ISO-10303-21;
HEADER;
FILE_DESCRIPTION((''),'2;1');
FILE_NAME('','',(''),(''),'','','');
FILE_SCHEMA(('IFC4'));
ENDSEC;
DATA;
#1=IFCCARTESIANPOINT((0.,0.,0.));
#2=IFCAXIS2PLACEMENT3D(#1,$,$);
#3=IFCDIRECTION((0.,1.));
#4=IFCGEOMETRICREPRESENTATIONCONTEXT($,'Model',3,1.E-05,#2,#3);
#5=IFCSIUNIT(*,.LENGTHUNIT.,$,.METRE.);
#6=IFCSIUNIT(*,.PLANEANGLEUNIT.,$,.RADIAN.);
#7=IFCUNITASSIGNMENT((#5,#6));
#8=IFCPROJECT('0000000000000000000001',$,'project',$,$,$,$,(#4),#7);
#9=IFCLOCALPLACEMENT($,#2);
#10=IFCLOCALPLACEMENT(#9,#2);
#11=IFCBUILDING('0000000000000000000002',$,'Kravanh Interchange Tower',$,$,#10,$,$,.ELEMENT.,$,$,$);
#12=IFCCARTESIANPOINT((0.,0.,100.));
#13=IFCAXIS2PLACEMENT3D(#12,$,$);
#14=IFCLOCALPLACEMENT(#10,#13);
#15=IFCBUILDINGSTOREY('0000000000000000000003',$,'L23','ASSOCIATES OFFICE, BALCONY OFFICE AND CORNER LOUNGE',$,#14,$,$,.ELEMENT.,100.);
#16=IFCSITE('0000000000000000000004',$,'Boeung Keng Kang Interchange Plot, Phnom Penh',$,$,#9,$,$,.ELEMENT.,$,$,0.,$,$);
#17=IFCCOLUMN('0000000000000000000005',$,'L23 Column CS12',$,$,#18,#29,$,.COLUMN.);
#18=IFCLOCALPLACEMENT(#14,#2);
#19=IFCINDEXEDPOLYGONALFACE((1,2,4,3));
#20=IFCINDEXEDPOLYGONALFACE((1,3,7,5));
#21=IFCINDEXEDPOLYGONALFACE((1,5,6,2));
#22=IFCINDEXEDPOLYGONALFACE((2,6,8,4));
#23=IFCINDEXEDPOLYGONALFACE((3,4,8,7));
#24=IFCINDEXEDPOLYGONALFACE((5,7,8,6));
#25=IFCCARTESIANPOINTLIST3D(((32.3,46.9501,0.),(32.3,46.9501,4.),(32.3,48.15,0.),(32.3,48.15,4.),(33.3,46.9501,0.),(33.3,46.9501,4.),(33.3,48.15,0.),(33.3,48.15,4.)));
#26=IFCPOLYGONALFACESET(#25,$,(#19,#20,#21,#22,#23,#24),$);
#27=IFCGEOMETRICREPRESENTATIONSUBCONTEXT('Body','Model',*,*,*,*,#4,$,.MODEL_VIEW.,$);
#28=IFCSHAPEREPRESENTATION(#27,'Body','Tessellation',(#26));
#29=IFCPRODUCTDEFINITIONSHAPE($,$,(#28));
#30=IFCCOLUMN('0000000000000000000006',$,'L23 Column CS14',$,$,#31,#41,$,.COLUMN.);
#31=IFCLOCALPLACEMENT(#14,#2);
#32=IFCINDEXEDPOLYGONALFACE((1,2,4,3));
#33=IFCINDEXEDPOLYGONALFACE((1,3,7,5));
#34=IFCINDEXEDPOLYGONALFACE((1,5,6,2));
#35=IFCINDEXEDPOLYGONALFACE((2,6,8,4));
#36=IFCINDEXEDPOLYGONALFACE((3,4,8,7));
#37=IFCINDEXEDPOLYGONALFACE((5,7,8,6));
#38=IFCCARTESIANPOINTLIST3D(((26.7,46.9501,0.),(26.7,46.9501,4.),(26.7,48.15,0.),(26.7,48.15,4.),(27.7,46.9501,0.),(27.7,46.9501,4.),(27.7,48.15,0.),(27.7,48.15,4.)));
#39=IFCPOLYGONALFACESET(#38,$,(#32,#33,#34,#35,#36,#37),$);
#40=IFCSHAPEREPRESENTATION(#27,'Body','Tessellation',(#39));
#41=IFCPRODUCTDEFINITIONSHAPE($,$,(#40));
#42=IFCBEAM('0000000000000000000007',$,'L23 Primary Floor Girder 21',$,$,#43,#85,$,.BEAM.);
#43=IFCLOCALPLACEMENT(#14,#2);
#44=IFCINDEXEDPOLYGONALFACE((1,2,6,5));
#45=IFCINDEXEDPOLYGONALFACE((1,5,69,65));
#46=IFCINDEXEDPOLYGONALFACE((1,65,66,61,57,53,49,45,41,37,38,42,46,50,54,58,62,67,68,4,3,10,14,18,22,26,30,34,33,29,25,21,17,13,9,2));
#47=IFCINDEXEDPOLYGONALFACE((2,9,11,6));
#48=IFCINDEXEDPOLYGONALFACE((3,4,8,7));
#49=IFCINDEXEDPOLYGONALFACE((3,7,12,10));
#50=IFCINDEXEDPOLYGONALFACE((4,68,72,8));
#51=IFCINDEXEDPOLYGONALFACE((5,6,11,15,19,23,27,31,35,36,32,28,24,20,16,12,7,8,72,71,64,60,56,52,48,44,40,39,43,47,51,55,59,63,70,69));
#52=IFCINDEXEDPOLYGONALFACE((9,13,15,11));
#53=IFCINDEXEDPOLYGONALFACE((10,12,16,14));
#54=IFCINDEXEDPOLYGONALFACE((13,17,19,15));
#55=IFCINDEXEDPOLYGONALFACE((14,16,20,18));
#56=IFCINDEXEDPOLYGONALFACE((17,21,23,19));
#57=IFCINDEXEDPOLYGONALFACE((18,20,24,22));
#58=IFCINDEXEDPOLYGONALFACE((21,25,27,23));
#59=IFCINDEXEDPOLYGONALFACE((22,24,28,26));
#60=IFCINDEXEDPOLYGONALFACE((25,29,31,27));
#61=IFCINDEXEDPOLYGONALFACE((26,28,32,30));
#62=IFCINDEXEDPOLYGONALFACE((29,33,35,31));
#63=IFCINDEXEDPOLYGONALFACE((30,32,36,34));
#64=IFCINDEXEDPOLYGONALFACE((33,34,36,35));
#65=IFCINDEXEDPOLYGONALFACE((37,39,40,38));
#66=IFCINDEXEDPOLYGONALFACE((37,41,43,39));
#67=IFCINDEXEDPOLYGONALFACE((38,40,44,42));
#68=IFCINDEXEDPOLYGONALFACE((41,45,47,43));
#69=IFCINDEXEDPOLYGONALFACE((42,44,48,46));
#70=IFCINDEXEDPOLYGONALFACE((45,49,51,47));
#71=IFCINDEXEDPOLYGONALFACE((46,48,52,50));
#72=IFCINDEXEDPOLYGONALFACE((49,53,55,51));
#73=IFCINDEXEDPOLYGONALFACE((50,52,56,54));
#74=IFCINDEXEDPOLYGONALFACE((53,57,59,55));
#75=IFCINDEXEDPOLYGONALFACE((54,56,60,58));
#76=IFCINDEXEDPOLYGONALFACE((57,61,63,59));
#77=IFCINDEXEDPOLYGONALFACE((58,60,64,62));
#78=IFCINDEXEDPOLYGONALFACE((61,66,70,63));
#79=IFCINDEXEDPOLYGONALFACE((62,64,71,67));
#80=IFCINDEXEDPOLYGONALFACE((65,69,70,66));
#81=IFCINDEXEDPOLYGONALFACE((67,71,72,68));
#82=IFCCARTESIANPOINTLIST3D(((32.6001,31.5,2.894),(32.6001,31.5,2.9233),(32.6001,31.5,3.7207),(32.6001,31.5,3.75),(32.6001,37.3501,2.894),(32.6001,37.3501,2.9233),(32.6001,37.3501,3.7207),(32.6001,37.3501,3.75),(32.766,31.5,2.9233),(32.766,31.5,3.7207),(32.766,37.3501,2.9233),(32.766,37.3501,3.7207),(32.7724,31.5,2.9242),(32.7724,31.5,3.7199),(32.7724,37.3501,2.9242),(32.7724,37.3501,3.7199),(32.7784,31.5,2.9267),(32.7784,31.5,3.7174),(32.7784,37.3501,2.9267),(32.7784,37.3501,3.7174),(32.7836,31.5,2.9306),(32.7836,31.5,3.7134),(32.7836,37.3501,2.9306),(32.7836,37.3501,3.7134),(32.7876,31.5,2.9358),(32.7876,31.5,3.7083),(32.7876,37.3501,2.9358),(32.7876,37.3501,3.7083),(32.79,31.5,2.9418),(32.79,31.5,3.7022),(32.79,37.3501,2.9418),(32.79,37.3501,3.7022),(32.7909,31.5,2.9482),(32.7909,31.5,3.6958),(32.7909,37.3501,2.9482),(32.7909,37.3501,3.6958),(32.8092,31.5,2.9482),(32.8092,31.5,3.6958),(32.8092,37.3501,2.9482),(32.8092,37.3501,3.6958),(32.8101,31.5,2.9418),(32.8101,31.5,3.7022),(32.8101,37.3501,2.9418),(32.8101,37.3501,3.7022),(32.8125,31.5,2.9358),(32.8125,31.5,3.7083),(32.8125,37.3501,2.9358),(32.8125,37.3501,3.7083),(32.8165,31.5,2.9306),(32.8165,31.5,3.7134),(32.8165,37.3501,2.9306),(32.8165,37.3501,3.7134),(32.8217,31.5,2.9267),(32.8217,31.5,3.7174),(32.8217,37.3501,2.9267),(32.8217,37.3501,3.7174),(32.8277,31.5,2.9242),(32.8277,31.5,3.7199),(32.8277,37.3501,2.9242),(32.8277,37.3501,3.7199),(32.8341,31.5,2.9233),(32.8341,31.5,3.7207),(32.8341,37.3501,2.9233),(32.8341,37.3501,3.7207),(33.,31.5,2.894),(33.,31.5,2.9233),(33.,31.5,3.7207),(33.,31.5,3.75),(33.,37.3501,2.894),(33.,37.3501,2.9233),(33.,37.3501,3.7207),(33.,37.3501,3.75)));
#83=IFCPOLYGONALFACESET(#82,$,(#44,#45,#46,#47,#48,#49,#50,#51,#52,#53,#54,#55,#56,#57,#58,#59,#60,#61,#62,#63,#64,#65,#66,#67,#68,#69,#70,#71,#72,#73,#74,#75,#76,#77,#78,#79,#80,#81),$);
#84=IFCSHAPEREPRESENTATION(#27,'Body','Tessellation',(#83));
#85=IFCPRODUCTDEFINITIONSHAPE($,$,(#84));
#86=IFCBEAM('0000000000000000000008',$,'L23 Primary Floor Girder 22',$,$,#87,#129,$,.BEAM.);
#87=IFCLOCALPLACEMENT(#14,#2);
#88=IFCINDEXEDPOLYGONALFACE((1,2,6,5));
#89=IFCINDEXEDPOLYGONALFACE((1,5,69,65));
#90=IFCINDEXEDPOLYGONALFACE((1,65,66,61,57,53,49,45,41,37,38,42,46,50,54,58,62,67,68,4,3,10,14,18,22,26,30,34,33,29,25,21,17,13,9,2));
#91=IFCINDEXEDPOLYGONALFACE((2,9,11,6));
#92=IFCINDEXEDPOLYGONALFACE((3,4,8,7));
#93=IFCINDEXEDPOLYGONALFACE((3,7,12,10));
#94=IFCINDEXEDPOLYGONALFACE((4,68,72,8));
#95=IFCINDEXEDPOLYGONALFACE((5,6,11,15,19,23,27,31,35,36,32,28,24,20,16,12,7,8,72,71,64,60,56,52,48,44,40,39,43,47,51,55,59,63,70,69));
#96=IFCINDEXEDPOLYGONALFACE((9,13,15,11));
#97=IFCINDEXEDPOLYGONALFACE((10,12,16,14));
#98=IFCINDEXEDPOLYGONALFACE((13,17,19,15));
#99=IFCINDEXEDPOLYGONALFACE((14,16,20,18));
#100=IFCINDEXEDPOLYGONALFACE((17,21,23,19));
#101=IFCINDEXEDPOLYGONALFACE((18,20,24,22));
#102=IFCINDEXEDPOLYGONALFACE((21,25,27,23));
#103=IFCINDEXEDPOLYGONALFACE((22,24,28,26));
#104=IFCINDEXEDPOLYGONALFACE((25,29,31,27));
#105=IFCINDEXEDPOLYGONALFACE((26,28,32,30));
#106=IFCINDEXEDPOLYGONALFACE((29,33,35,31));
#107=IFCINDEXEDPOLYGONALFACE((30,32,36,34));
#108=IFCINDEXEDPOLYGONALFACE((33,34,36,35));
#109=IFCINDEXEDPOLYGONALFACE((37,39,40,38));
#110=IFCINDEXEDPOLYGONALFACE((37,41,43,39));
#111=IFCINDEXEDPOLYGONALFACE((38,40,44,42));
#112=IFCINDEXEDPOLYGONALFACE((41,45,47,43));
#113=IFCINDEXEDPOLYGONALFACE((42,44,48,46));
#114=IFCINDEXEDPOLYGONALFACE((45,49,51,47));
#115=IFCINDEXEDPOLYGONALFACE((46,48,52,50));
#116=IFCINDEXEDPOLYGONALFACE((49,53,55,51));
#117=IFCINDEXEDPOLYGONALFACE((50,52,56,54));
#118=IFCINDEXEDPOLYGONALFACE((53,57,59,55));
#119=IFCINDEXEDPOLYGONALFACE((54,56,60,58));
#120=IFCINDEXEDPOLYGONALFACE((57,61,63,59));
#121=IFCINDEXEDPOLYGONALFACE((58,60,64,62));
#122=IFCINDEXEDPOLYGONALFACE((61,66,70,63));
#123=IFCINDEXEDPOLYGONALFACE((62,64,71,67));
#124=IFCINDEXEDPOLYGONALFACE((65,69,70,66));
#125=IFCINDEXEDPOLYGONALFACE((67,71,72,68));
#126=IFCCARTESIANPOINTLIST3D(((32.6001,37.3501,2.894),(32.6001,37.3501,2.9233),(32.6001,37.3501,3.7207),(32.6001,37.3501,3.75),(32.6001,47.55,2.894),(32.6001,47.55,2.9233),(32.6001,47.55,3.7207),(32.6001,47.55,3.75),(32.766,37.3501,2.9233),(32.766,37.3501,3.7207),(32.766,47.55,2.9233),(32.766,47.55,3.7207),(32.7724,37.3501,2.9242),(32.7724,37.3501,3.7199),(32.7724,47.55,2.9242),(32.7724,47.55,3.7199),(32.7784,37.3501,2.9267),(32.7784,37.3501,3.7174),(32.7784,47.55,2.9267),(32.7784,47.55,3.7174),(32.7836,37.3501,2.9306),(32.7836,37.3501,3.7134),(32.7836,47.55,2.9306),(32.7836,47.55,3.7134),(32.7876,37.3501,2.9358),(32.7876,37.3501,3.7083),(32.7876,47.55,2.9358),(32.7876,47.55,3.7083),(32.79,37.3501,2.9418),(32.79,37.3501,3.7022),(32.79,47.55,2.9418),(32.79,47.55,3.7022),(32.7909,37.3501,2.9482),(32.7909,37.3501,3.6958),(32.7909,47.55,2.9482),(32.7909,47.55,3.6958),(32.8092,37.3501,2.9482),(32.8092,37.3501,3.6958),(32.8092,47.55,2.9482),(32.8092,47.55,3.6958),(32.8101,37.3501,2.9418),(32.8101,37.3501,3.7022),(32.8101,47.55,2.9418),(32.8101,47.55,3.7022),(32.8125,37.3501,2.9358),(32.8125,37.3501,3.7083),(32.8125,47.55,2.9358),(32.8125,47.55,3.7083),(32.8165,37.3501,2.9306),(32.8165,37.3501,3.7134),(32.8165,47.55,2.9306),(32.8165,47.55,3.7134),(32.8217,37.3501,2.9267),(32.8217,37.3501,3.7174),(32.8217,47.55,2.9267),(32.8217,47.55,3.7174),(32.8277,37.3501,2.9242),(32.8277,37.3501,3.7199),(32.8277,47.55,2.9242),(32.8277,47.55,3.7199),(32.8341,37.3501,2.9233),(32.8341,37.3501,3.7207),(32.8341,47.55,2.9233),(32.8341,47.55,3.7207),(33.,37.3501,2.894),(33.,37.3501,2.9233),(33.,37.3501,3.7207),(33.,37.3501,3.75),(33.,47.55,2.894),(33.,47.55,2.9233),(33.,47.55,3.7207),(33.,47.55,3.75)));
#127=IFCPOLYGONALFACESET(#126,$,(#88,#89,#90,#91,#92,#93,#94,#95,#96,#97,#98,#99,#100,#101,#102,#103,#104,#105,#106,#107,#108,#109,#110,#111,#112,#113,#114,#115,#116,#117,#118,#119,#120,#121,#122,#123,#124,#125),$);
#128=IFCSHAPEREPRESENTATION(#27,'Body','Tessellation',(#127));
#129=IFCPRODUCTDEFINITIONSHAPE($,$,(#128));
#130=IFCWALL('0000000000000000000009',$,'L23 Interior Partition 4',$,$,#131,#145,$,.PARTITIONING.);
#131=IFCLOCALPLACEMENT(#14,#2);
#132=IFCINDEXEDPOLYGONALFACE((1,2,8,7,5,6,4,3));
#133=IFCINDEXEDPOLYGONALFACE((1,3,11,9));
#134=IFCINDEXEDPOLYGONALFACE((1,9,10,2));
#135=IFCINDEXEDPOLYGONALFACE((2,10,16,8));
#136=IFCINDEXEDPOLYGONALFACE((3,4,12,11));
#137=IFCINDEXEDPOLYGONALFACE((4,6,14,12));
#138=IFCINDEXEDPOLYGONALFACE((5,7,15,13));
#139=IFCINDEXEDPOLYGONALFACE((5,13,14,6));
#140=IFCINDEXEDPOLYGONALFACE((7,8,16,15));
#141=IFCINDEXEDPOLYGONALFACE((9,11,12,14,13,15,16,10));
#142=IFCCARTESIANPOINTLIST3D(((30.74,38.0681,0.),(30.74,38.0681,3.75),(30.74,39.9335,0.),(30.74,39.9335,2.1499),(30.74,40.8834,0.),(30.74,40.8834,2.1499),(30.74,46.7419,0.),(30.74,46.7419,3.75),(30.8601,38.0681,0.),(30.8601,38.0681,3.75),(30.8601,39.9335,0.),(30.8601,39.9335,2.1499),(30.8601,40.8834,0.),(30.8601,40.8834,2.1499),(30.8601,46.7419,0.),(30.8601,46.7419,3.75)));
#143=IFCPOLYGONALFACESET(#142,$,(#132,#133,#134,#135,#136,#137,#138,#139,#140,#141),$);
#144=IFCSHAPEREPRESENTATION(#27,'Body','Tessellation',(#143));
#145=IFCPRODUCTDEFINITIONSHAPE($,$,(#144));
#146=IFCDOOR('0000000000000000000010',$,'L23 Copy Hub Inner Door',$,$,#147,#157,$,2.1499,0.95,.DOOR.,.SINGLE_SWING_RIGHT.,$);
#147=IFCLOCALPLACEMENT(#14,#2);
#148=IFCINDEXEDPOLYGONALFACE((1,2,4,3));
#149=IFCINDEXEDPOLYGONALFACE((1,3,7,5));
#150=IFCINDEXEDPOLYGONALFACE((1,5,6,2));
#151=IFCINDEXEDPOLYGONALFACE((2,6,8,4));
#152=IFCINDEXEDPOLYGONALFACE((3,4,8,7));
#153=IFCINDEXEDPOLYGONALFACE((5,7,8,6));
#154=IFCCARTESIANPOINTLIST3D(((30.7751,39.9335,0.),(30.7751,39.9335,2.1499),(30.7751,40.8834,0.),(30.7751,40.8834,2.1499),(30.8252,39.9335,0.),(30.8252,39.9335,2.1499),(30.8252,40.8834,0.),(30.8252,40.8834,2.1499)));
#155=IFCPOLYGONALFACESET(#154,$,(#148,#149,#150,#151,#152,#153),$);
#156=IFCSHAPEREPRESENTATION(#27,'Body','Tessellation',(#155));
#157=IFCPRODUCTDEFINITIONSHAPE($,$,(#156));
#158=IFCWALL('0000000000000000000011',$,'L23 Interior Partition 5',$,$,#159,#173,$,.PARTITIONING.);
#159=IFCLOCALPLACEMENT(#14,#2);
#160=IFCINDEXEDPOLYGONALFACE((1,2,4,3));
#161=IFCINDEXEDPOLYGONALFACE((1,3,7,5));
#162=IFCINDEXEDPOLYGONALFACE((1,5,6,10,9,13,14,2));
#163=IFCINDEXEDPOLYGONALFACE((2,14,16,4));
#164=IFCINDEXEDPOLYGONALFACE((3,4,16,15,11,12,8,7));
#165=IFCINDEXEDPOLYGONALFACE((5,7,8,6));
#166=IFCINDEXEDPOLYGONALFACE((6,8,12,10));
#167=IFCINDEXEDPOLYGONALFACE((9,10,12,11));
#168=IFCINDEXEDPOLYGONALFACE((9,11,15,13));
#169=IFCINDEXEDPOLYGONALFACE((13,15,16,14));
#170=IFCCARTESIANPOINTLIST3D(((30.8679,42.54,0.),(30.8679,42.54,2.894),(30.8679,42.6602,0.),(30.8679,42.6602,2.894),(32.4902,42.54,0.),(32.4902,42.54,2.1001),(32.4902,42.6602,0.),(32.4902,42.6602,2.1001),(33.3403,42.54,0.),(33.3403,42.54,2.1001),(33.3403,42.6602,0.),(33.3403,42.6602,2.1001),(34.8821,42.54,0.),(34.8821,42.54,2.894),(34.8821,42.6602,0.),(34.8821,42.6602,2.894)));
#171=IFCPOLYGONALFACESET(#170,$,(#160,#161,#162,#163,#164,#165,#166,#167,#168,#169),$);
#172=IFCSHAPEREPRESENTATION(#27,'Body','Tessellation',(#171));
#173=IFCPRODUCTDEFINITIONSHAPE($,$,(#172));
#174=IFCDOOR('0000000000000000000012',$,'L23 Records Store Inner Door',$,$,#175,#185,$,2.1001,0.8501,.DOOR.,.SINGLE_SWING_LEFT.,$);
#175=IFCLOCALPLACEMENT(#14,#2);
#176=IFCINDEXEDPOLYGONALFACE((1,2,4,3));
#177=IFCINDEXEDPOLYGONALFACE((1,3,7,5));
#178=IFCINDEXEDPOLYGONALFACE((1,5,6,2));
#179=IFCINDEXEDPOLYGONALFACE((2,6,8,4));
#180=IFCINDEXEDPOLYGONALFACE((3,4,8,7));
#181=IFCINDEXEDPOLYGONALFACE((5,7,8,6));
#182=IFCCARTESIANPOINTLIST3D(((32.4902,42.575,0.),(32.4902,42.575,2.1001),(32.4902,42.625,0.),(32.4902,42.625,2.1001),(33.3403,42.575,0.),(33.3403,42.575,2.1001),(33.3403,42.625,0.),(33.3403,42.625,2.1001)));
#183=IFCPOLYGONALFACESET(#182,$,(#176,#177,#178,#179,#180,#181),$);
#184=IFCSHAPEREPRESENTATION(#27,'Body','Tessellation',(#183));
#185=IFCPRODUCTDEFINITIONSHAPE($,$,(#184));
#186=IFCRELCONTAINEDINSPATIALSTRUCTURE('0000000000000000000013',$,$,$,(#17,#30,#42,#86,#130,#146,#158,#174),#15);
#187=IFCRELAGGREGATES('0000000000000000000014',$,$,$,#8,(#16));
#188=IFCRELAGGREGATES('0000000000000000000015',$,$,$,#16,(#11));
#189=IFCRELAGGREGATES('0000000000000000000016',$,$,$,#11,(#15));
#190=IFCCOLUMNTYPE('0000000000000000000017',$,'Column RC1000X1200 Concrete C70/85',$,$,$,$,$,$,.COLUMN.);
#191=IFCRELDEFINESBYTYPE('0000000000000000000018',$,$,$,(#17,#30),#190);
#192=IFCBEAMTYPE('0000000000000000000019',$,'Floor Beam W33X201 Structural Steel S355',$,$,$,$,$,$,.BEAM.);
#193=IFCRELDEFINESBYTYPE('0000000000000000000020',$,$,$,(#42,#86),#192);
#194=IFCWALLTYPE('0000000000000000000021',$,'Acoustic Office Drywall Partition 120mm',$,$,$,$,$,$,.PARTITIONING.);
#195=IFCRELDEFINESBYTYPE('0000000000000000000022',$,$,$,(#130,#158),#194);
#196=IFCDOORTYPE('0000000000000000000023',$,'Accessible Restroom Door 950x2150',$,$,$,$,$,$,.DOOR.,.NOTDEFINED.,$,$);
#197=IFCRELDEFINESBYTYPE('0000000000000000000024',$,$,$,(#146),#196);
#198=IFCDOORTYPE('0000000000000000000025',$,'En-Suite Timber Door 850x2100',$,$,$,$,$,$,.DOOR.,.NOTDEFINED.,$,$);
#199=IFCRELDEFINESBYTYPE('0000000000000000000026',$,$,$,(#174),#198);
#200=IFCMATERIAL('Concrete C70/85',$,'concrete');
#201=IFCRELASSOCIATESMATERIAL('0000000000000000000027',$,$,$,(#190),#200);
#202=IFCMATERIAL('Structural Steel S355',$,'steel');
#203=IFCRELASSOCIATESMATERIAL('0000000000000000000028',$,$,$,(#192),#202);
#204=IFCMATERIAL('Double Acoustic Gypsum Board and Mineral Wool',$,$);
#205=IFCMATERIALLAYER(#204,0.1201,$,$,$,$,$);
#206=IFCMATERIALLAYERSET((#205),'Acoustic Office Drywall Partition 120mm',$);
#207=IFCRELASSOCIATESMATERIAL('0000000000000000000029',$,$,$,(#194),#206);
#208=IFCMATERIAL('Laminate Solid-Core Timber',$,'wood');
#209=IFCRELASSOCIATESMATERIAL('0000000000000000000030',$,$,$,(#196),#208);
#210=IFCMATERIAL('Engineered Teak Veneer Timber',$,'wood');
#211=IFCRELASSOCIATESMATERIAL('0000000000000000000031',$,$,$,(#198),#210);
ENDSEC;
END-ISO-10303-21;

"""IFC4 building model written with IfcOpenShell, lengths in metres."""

from ifc_helpers import new_model, si_unit, direction, frame, frame_2d, origin, origin_2d, place, context, subcontext, project, spatial, rectangle, i_section, extrude, material, layer, layer_set, material_profile, profile_set, type_object, element, fill, save


model = new_model("IFC4")

# Units and contexts
model_context = context("Model", 3, precision=1e-05, world=origin(), true_north=direction((0.0, 1.0)))
body_context = subcontext(model_context, "Body", "Model", "MODEL_VIEW")
ifc_project = project(units=[si_unit("LENGTHUNIT", "METRE"), si_unit("PLANEANGLEUNIT", "RADIAN")], contexts=[model_context])

# Site, building, storey
site_placement = place(None, origin())
site = spatial("IfcSite", under=ifc_project, at=site_placement, Name="Boeung Keng Kang Interchange Plot, Phnom Penh", CompositionType="ELEMENT", RefElevation=0.0)
building_placement = place(site_placement, origin())
building = spatial("IfcBuilding", under=site, at=building_placement, Name="Kravanh Interchange Tower", CompositionType="ELEMENT")
storey_placement = place(building_placement, frame((0.0, 0.0, 100.0)))
storey = spatial("IfcBuildingStorey", under=building, at=storey_placement, Name="L23", Description="ASSOCIATES OFFICE, BALCONY OFFICE AND CORNER LOUNGE", CompositionType="ELEMENT", Elevation=100.0)

# Columns
ifc_material_1 = material(Name="Concrete C70/85", Category="concrete")
ifc_material_profile_1 = material_profile(ifc_material_1, rectangle(XDim=1.0, YDim=1.2, at=origin_2d()), Name="RC1000X1200")
ifc_profile_set_1 = profile_set([ifc_material_profile_1], Name="Concrete C70/85")
column_type = type_object("IfcColumnType", Name="Column RC1000X1200 Concrete C70/85", PredefinedType="COLUMN", material=ifc_profile_set_1)
for number, where, z_axis, x_axis, name in (
    (1, (32.8, 47.55, 0.0), (0.0, 0.0, 1.0), (1.0, 0.0, 0.0), "L23 Column CS12"),
    (2, (27.2, 47.55, 0.0), (0.0, 0.0, 1.0), (1.0, 0.0, 0.0), "L23 Column CS14"),
):
    element("IfcColumn", number, at=place(storey_placement, frame(where, z_axis=z_axis, x_axis=x_axis)), inside=storey, type_object=column_type, Name=name, PredefinedType="COLUMN", context=body_context, shape_type="SweptSolid", body=[
        extrude(rectangle(XDim=1.0, YDim=1.2, at=origin_2d()), origin(), (0.0, 0.0, 1.0), 4.0),
    ])

# Beams
ifc_material_2 = material(Name="Structural Steel S355", Category="steel")
ifc_material_profile_2 = material_profile(ifc_material_2, i_section(OverallWidth=0.3999, OverallDepth=0.856, WebThickness=0.0183, FlangeThickness=0.0293, FilletRadius=0.0249, at=origin_2d()), Name="W33X201")
ifc_profile_set_2 = profile_set([ifc_material_profile_2], Name="Structural Steel S355")
beam_type = type_object("IfcBeamType", Name="Floor Beam W33X201 Structural Steel S355", PredefinedType="BEAM", material=ifc_profile_set_2)
beam_1_placement = place(storey_placement, frame((32.8, 37.3501, 3.322), z_axis=(0.0, -1.0, 0.0), x_axis=(1.0, 0.0, 0.0)))
element("IfcBeam", 3, at=beam_1_placement, inside=storey, type_object=beam_type, Name="L23 Primary Floor Girder 21", PredefinedType="BEAM", context=body_context, shape_type="SweptSolid", body=[
    extrude(i_section(OverallWidth=0.3999, OverallDepth=0.856, WebThickness=0.0183, FlangeThickness=0.0293, FilletRadius=0.0249, at=origin_2d()), origin(), (0.0, 0.0, 1.0), 5.8501),
])
beam_2_placement = place(storey_placement, frame((32.8, 37.3501, 3.322), z_axis=(0.0, 1.0, 0.0), x_axis=(-1.0, 0.0, 0.0)))
element("IfcBeam", 4, at=beam_2_placement, inside=storey, type_object=beam_type, Name="L23 Primary Floor Girder 22", PredefinedType="BEAM", context=body_context, shape_type="SweptSolid", body=[
    extrude(i_section(OverallWidth=0.3999, OverallDepth=0.856, WebThickness=0.0183, FlangeThickness=0.0293, FilletRadius=0.0249, at=origin_2d()), origin(), (0.0, 0.0, 1.0), 10.2),
])

# Walls, openings, doors
ifc_material_3 = material(Name="Double Acoustic Gypsum Board and Mineral Wool")
ifc_layer_1 = layer(ifc_material_3, 0.1201)
ifc_layer_set_1 = layer_set([ifc_layer_1], Name="Acoustic Office Drywall Partition 120mm")
wall_type_1 = type_object("IfcWallType", Name="Acoustic Office Drywall Partition 120mm", PredefinedType="PARTITIONING", material=ifc_layer_set_1)
wall_1_placement = place(storey_placement, frame((30.8, 38.0681, 0.0), z_axis=(0.0, 0.0, 1.0), x_axis=(0.0, 1.0, 0.0)))
wall_1 = element("IfcWall", 5, at=wall_1_placement, inside=storey, type_object=wall_type_1, Name="L23 Interior Partition 4", PredefinedType="PARTITIONING", context=body_context, shape_type="SweptSolid", body=[
    extrude(rectangle(XDim=8.6738, YDim=0.1201, at=frame_2d((4.3369, 0.0))), origin(), (0.0, 0.0, 1.0), 3.75),
])
opening_1_placement = place(wall_1_placement, frame((1.8652, 0.0, 0.0)))
opening_1 = element("IfcOpeningElement", 6, at=opening_1_placement, cuts=wall_1, PredefinedType="OPENING", context=body_context, shape_type="SweptSolid", body=[
    extrude(rectangle(XDim=0.95, YDim=2.1499, at=frame_2d((0.4751, 1.075))), frame((0.0, 0.0701, 0.0), z_axis=(0.0, -1.0, 0.0), x_axis=(1.0, 0.0, 0.0)), (0.0, 0.0, 1.0), 0.1401),
])
ifc_material_4 = material(Name="Laminate Solid-Core Timber", Category="wood")
door_type_1 = type_object("IfcDoorType", Name="Accessible Restroom Door 950x2150", OperationType="NOTDEFINED", PredefinedType="DOOR", material=ifc_material_4)
door_1_placement = place(opening_1_placement, origin())
door_1 = element("IfcDoor", 7, at=door_1_placement, inside=storey, type_object=door_type_1, Name="L23 Copy Hub Inner Door", OperationType="SINGLE_SWING_RIGHT", OverallHeight=2.1499, OverallWidth=0.95, PredefinedType="DOOR", context=body_context, shape_type="SweptSolid", body=[
    extrude(rectangle(XDim=0.95, YDim=2.1499, at=frame_2d((0.4751, 1.075))), frame((0.0, 0.0249, 0.0), z_axis=(0.0, -1.0, 0.0), x_axis=(1.0, 0.0, 0.0)), (0.0, 0.0, 1.0), 0.05),
])
fill(opening_1, door_1)
wall_2_placement = place(storey_placement, frame((30.8679, 42.6001, 0.0), z_axis=(0.0, 0.0, 1.0), x_axis=(1.0, 0.0, 0.0)))
wall_2 = element("IfcWall", 8, at=wall_2_placement, inside=storey, type_object=wall_type_1, Name="L23 Interior Partition 5", PredefinedType="PARTITIONING", context=body_context, shape_type="SweptSolid", body=[
    extrude(rectangle(XDim=4.0142, YDim=0.1201, at=frame_2d((2.0071, 0.0))), origin(), (0.0, 0.0, 1.0), 2.894),
])
opening_2_placement = place(wall_2_placement, frame((1.6223, 0.0, 0.0)))
opening_2 = element("IfcOpeningElement", 9, at=opening_2_placement, cuts=wall_2, PredefinedType="OPENING", context=body_context, shape_type="SweptSolid", body=[
    extrude(rectangle(XDim=0.8501, YDim=2.1001, at=frame_2d((0.425, 1.05))), frame((0.0, 0.0701, 0.0), z_axis=(0.0, -1.0, 0.0), x_axis=(1.0, 0.0, 0.0)), (0.0, 0.0, 1.0), 0.1401),
])
ifc_material_5 = material(Name="Engineered Teak Veneer Timber", Category="wood")
door_type_2 = type_object("IfcDoorType", Name="En-Suite Timber Door 850x2100", OperationType="NOTDEFINED", PredefinedType="DOOR", material=ifc_material_5)
door_2_placement = place(opening_2_placement, origin())
door_2 = element("IfcDoor", 10, at=door_2_placement, inside=storey, type_object=door_type_2, Name="L23 Records Store Inner Door", OperationType="SINGLE_SWING_LEFT", OverallHeight=2.1001, OverallWidth=0.8501, PredefinedType="DOOR", context=body_context, shape_type="SweptSolid", body=[
    extrude(rectangle(XDim=0.8501, YDim=2.1001, at=frame_2d((0.425, 1.05))), frame((0.0, 0.0249, 0.0), z_axis=(0.0, -1.0, 0.0), x_axis=(1.0, 0.0, 0.0)), (0.0, 0.0, 1.0), 0.05),
])
fill(opening_2, door_2)

save(model, "model.ifc")
